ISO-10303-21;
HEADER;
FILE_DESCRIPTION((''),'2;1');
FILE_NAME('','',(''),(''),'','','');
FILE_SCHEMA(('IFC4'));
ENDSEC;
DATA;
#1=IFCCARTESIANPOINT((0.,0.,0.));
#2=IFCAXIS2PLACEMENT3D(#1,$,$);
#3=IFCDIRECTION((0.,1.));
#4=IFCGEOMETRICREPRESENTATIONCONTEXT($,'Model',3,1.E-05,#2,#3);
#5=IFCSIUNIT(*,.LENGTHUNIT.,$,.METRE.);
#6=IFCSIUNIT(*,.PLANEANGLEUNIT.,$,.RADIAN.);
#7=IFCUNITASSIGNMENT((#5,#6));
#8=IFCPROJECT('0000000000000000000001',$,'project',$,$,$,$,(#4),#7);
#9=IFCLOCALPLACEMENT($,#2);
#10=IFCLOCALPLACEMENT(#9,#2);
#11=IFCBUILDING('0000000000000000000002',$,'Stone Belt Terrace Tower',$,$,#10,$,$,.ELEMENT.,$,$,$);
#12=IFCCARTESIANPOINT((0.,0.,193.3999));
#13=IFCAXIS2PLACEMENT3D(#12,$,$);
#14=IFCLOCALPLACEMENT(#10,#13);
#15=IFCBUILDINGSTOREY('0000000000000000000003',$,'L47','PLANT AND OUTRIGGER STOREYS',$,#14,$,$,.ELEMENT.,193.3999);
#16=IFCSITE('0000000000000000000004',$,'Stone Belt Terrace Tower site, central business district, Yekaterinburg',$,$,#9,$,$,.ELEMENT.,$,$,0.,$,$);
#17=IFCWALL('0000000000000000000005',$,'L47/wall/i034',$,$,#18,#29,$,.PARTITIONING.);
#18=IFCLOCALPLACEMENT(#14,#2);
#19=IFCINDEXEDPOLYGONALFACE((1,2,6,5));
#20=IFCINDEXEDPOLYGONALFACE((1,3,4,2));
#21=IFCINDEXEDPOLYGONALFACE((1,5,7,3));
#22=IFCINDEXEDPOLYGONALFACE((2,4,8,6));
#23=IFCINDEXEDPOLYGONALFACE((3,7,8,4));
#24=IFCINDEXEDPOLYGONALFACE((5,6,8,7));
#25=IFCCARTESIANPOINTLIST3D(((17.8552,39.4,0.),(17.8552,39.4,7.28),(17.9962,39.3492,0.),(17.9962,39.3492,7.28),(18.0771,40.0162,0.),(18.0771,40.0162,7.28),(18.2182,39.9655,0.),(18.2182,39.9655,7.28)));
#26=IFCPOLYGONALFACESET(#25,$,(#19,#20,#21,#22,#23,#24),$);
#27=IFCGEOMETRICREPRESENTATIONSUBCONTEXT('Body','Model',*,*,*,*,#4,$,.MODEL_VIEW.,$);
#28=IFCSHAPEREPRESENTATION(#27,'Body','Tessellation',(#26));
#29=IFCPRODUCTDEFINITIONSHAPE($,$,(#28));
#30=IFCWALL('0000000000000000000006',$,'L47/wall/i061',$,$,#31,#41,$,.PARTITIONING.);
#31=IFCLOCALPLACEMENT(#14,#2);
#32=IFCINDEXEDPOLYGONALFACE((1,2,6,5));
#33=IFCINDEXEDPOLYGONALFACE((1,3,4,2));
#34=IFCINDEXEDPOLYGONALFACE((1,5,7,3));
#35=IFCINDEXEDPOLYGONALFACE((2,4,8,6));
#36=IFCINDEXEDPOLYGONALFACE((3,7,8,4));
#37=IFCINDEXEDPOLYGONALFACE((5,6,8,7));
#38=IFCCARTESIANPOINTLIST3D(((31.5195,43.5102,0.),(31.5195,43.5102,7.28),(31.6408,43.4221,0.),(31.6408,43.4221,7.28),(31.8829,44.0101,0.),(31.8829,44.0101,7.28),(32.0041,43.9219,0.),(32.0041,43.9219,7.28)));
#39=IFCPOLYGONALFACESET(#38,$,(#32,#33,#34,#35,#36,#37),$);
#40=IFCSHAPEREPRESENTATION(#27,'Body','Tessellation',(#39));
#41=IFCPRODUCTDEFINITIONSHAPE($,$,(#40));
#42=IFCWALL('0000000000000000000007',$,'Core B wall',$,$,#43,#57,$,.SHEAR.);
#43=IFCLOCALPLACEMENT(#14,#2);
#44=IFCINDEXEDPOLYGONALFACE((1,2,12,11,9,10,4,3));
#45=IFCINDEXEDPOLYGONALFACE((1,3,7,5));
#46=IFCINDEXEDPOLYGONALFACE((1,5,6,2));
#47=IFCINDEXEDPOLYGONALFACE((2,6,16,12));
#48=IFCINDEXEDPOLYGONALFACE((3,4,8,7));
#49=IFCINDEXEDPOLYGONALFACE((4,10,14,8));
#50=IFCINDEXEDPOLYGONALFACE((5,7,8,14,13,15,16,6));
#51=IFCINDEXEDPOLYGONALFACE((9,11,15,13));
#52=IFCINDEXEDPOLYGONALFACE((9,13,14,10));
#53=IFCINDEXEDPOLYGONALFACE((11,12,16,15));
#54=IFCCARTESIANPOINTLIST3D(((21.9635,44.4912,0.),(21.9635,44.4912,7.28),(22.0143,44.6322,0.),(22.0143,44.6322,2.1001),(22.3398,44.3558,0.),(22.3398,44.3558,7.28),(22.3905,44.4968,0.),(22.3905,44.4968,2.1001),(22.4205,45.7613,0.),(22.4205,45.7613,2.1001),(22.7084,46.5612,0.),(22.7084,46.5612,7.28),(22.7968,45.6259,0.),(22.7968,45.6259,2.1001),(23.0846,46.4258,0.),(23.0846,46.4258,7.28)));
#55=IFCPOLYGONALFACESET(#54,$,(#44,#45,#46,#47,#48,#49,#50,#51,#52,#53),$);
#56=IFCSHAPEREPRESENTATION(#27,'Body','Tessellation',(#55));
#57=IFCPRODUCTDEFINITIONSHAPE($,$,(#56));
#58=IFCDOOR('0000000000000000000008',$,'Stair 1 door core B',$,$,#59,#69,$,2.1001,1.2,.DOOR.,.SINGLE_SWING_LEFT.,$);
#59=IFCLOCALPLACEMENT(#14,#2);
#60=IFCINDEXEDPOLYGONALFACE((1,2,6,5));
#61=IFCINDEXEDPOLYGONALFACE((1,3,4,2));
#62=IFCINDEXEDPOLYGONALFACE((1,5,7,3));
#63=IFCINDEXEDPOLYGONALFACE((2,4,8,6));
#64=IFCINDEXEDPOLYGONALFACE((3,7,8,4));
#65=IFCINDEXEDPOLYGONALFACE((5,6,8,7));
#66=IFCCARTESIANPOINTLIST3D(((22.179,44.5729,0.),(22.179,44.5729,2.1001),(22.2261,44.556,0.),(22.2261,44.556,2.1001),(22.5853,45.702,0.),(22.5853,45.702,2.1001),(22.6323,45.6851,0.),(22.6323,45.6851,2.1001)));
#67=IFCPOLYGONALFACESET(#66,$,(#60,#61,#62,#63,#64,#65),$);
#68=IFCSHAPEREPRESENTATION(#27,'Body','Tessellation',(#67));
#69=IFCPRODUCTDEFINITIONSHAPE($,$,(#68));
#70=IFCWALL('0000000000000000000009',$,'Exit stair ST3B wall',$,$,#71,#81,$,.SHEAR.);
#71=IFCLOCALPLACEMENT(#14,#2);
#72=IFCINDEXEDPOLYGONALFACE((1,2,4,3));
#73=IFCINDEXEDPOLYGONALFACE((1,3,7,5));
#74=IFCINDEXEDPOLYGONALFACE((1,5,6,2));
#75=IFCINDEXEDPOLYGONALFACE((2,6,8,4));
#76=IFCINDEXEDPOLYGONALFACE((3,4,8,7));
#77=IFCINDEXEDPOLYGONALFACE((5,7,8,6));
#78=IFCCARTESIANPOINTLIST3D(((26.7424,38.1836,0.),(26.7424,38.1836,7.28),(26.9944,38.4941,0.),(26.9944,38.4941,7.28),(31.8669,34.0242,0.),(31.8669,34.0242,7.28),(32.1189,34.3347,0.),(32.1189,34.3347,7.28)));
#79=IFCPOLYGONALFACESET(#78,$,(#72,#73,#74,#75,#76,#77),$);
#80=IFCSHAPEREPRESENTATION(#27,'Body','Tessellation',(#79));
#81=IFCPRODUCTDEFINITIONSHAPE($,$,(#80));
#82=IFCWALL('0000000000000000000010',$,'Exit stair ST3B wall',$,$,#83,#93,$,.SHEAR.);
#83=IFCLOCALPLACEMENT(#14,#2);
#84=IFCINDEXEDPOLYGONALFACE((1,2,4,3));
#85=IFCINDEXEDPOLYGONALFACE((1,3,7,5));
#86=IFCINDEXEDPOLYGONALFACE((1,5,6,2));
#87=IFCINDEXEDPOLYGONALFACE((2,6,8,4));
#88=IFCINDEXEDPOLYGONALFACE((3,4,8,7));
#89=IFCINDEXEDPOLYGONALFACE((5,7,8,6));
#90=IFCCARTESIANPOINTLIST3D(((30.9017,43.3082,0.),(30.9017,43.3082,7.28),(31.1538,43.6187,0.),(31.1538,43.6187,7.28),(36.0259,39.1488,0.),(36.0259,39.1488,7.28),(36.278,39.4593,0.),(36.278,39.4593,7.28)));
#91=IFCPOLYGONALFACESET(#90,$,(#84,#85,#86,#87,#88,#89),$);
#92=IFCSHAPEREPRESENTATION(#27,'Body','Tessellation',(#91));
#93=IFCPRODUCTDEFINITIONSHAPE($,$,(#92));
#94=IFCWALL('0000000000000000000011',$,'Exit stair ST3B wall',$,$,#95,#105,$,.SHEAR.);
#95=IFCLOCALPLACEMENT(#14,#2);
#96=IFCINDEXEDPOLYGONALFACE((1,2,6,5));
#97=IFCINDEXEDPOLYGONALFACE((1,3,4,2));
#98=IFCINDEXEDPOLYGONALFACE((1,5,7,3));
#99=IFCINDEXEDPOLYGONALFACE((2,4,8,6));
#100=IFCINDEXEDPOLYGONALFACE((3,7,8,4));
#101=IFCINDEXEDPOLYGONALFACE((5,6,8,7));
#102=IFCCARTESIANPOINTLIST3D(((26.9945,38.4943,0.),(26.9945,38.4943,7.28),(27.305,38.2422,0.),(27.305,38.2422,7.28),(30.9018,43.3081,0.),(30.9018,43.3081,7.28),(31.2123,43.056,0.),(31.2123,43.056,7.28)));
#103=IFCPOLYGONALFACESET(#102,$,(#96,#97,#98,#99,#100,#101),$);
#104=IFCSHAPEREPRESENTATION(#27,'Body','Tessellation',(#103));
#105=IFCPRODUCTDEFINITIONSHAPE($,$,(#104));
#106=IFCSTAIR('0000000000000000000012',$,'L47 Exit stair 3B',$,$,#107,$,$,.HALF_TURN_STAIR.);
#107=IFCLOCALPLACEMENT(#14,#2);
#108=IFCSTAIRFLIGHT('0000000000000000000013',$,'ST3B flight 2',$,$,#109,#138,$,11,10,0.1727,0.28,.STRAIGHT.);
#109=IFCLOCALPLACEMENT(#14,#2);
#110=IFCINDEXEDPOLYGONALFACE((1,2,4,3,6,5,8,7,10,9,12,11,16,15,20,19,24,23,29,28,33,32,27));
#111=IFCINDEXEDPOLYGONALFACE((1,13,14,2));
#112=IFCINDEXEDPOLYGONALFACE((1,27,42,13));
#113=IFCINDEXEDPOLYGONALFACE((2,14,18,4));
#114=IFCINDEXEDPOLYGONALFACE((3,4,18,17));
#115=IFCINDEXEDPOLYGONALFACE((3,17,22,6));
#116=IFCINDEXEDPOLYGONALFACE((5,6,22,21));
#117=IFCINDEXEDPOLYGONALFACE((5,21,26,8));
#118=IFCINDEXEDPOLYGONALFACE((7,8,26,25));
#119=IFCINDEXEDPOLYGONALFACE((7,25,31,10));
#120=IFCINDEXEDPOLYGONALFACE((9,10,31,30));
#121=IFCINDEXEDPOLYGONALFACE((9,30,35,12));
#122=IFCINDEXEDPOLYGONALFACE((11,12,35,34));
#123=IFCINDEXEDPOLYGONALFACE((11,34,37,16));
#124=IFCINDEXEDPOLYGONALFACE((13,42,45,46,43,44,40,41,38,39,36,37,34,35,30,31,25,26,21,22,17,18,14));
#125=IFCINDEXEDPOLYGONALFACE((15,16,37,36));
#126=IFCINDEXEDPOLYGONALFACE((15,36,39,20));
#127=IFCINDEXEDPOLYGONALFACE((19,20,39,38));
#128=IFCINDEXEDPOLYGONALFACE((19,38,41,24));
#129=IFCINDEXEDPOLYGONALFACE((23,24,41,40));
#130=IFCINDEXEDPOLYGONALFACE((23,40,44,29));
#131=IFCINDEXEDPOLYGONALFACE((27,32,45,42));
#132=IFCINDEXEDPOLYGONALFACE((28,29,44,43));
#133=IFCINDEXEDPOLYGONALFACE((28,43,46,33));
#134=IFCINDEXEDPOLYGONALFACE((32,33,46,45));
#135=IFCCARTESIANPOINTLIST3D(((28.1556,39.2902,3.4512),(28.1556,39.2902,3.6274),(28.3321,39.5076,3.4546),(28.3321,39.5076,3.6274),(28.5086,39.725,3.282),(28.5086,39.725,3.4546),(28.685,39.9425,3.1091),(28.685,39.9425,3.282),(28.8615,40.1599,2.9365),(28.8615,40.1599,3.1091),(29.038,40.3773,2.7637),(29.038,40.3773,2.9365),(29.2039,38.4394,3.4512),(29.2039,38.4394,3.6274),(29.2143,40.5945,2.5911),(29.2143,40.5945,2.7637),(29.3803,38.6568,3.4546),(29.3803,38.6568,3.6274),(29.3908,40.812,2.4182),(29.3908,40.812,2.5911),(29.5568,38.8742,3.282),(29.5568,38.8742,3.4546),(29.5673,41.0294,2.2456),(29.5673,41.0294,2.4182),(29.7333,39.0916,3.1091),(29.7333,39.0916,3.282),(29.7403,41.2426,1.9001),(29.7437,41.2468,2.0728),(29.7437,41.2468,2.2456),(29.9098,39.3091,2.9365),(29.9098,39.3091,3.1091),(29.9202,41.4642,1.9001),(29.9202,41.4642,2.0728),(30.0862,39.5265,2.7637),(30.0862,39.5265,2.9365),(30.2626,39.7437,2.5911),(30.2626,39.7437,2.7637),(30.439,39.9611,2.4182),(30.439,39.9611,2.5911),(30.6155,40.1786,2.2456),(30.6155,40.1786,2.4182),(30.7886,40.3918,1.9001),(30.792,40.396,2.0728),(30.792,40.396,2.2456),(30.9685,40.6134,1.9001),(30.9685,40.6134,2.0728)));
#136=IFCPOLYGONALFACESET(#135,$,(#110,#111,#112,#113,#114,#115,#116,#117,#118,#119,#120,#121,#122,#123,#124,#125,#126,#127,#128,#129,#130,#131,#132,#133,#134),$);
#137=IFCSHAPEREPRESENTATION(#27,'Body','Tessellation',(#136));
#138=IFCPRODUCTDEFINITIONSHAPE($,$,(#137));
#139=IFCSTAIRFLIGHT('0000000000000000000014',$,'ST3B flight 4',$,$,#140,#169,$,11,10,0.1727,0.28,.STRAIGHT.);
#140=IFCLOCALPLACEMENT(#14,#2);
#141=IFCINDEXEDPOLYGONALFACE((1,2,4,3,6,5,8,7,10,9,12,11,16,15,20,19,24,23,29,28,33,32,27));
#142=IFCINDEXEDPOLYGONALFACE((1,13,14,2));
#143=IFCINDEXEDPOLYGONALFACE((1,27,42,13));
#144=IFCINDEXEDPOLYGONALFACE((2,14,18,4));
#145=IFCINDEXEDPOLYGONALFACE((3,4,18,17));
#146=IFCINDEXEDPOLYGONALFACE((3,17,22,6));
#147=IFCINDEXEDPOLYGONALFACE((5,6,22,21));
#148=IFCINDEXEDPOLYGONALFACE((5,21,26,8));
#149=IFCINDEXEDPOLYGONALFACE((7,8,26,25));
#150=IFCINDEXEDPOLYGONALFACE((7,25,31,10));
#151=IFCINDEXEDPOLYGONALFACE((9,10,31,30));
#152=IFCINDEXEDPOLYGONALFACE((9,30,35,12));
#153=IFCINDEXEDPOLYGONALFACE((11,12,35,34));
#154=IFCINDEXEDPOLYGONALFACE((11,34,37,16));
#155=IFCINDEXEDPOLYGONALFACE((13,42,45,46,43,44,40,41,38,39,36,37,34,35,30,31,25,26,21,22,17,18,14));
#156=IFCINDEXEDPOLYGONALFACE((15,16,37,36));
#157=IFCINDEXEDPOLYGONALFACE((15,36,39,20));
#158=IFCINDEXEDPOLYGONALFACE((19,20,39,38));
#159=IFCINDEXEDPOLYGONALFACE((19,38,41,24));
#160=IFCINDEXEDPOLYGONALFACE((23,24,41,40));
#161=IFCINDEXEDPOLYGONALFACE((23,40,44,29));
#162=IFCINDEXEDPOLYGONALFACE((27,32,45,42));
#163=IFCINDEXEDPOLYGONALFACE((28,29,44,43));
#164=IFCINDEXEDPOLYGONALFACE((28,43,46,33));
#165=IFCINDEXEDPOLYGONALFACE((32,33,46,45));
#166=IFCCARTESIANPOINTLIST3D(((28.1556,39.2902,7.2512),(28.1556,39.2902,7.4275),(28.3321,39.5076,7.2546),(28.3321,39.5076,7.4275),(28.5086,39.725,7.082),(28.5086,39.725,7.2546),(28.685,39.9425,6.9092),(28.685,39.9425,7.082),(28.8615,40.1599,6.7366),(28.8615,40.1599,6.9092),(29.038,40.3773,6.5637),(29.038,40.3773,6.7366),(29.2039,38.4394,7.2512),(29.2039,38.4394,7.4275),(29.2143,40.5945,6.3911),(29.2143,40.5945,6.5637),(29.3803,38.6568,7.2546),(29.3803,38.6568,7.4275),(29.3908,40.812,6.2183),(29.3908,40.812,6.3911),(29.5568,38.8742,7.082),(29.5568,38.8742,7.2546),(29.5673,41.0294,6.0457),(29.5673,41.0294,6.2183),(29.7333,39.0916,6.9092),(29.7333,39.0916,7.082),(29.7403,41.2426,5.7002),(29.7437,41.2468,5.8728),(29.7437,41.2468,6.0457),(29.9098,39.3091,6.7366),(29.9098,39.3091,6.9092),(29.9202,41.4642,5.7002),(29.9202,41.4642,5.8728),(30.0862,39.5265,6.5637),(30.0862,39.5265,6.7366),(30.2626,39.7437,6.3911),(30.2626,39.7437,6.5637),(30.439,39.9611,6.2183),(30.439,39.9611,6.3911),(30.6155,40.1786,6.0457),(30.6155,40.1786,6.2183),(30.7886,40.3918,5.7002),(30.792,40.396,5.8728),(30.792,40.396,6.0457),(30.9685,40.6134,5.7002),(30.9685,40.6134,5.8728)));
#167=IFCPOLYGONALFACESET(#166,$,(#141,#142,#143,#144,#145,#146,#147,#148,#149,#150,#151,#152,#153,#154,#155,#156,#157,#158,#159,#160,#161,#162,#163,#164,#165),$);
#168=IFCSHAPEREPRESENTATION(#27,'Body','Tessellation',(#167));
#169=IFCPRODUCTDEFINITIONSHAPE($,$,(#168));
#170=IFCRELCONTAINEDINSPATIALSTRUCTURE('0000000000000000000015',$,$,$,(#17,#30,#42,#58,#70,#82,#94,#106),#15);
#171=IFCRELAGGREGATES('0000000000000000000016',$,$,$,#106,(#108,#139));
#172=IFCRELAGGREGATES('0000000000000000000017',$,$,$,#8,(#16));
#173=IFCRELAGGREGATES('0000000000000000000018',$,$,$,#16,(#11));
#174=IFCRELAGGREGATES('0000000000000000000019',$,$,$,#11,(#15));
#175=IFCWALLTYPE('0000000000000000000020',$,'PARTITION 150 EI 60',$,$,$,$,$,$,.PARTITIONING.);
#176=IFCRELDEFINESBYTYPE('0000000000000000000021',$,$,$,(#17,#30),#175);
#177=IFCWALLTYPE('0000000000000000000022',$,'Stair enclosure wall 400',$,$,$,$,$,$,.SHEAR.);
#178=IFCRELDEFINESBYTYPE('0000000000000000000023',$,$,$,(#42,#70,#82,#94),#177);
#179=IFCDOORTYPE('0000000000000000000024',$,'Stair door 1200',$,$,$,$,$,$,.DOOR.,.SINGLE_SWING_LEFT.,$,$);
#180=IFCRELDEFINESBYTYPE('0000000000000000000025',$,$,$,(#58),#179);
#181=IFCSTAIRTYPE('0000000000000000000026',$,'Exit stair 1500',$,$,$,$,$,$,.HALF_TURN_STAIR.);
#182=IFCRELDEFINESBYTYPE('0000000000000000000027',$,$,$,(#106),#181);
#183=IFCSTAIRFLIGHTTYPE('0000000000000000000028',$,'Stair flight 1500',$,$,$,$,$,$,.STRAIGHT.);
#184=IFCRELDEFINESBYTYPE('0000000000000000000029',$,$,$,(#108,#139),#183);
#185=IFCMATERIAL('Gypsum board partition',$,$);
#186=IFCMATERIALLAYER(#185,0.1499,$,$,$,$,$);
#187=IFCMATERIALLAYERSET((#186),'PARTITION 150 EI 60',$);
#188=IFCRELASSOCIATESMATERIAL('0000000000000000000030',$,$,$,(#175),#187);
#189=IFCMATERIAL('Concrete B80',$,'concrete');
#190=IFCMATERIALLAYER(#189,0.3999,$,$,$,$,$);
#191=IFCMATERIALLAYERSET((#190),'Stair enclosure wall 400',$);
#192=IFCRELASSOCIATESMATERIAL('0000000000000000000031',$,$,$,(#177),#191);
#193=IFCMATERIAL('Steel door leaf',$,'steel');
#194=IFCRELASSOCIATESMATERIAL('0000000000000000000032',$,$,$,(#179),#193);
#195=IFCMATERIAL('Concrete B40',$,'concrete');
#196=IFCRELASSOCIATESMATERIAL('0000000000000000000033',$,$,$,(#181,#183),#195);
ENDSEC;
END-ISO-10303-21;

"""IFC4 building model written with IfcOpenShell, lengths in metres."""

from ifc_helpers import new_model, si_unit, direction, frame, frame_2d, origin, place, context, subcontext, project, spatial, polyline, rectangle, outline, extrude, material, layer, layer_set, type_object, element, fill, aggregate, save


model = new_model("IFC4")

# Units and contexts
model_context = context("Model", 3, precision=1e-05, world=origin(), true_north=direction((0.0, 1.0)))
body_context = subcontext(model_context, "Body", "Model", "MODEL_VIEW")
ifc_project = project(units=[si_unit("LENGTHUNIT", "METRE"), si_unit("PLANEANGLEUNIT", "RADIAN")], contexts=[model_context])

# Site, building, storey
site_placement = place(None, origin())
site = spatial("IfcSite", under=ifc_project, at=site_placement, Name="Stone Belt Terrace Tower site, central business district, Yekaterinburg", CompositionType="ELEMENT", RefElevation=0.0)
building_placement = place(site_placement, origin())
building = spatial("IfcBuilding", under=site, at=building_placement, Name="Stone Belt Terrace Tower", CompositionType="ELEMENT")
storey_placement = place(building_placement, frame((0.0, 0.0, 193.3999)))
storey = spatial("IfcBuildingStorey", under=building, at=storey_placement, Name="L47", Description="PLANT AND OUTRIGGER STOREYS", CompositionType="ELEMENT", Elevation=193.3999)

# Shared definitions
ifc_material_1 = material(Name="Concrete B80", Category="concrete")

# Shared definitions
ifc_material_2 = material(Name="Gypsum board partition")
ifc_layer_1 = layer(ifc_material_2, 0.1499)
ifc_layer_set_1 = layer_set([ifc_layer_1], Name="PARTITION 150 EI 60")
wall_type_1 = type_object("IfcWallType", Name="PARTITION 150 EI 60", PredefinedType="PARTITIONING", material=ifc_layer_set_1)

# Walls
wall_1_placement = place(storey_placement, frame((18.1477, 39.991, 0.0), z_axis=(0.0, 0.0, 1.0), x_axis=(-0.338838, -0.940845, 0.0)))
element("IfcWall", 1, at=wall_1_placement, inside=storey, type_object=wall_type_1, Name="L47/wall/i034", PredefinedType="PARTITIONING", context=body_context, shape_type="SweptSolid", body=[
    extrude(rectangle(XDim=0.655, YDim=0.1499, at=frame_2d((0.3276, 0.0))), origin(), (0.0, 0.0, 1.0), 7.28),
])
wall_2_placement = place(storey_placement, frame((31.5801, 43.4661, 0.0), z_axis=(0.0, 0.0, 1.0), x_axis=(0.587984, 0.808873, 0.0)))
element("IfcWall", 2, at=wall_2_placement, inside=storey, type_object=wall_type_1, Name="L47/wall/i061", PredefinedType="PARTITIONING", context=body_context, shape_type="SweptSolid", body=[
    extrude(rectangle(XDim=0.6179, YDim=0.1499, at=frame_2d((0.3091, 0.0))), origin(), (0.0, 0.0, 1.0), 7.28),
])

# Wall, opening, door
ifc_layer_2 = layer(ifc_material_1, 0.3999)
ifc_layer_set_2 = layer_set([ifc_layer_2], Name="Stair enclosure wall 400")
wall_type_2 = type_object("IfcWallType", Name="Stair enclosure wall 400", PredefinedType="SHEAR", material=ifc_layer_set_2)
wall_3_placement = place(storey_placement, frame((22.1516, 44.4233, 0.0), z_axis=(0.0, 0.0, 1.0), x_axis=(0.338578, 0.940938, 0.0)))
wall_3 = element("IfcWall", 3, at=wall_3_placement, inside=storey, type_object=wall_type_2, Name="Core B wall", PredefinedType="SHEAR", context=body_context, shape_type="SweptSolid", body=[
    extrude(rectangle(XDim=2.2, YDim=0.3999, at=frame_2d((1.1001, 0.0))), origin(), (0.0, 0.0, 1.0), 7.28),
])
opening_1_placement = place(wall_3_placement, frame((0.1499, 0.0, 0.0)))
opening_1 = element("IfcOpeningElement", 4, at=opening_1_placement, cuts=wall_3, PredefinedType="OPENING", context=body_context, shape_type="SweptSolid", body=[
    extrude(rectangle(XDim=1.2, YDim=2.1001, at=frame_2d((0.6001, 1.05))), frame((0.0, 0.21, 0.0), z_axis=(0.0, -1.0, 0.0), x_axis=(1.0, 0.0, 0.0)), (0.0, 0.0, 1.0), 0.4199),
])
ifc_material_3 = material(Name="Steel door leaf", Category="steel")
door_type_1 = type_object("IfcDoorType", Name="Stair door 1200", OperationType="SINGLE_SWING_LEFT", PredefinedType="DOOR", material=ifc_material_3)
door_1_placement = place(opening_1_placement, origin())
door_1 = element("IfcDoor", 5, at=door_1_placement, inside=storey, type_object=door_type_1, Name="Stair 1 door core B", OperationType="SINGLE_SWING_LEFT", OverallHeight=2.1001, OverallWidth=1.2, PredefinedType="DOOR", context=body_context, shape_type="SweptSolid", body=[
    extrude(rectangle(XDim=1.2, YDim=2.1001, at=frame_2d((0.6001, 1.05))), frame((0.0, 0.0249, 0.0), z_axis=(0.0, -1.0, 0.0), x_axis=(1.0, 0.0, 0.0)), (0.0, 0.0, 1.0), 0.05),
])
fill(opening_1, door_1)

# Walls
wall_4_placement = place(storey_placement, frame((26.8684, 38.3389, 0.0), z_axis=(0.0, 0.0, 1.0), x_axis=(0.776428, -0.630205, 0.0)))
element("IfcWall", 6, at=wall_4_placement, inside=storey, type_object=wall_type_2, Name="Exit stair ST3B wall", PredefinedType="SHEAR", context=body_context, shape_type="SweptSolid", body=[
    extrude(rectangle(XDim=6.6001, YDim=0.3999, at=frame_2d((3.3, 0.0))), origin(), (0.0, 0.0, 1.0), 7.28),
])
wall_5_placement = place(storey_placement, frame((31.0278, 43.4634, 0.0), z_axis=(0.0, 0.0, 1.0), x_axis=(0.776414, -0.630224, 0.0)))
element("IfcWall", 7, at=wall_5_placement, inside=storey, type_object=wall_type_2, Name="Exit stair ST3B wall", PredefinedType="SHEAR", context=body_context, shape_type="SweptSolid", body=[
    extrude(rectangle(XDim=6.5999, YDim=0.3999, at=frame_2d((3.2998, 0.0))), origin(), (0.0, 0.0, 1.0), 7.28),
])
wall_6_placement = place(storey_placement, frame((27.1497, 38.3682, 0.0), z_axis=(0.0, 0.0, 1.0), x_axis=(0.630212, 0.776423, 0.0)))
element("IfcWall", 8, at=wall_6_placement, inside=storey, type_object=wall_type_2, Name="Exit stair ST3B wall", PredefinedType="SHEAR", context=body_context, shape_type="SweptSolid", body=[
    extrude(rectangle(XDim=6.2, YDim=0.3999, at=frame_2d((3.1001, 0.0))), origin(), (0.0, 0.0, 1.0), 7.28),
])

# Stair, stair flights
ifc_material_4 = material(Name="Concrete B40", Category="concrete")
stair_type = type_object("IfcStairType", Name="Exit stair 1500", PredefinedType="HALF_TURN_STAIR", material=ifc_material_4)
stair_placement = place(storey_placement, origin())
stair = element("IfcStair", 9, at=stair_placement, inside=storey, type_object=stair_type, Name="L47 Exit stair 3B", PredefinedType="HALF_TURN_STAIR")
stair_flight_type = type_object("IfcStairFlightType", Name="Stair flight 1500", PredefinedType="STRAIGHT", material=ifc_material_4)
stair_flight_1_placement = place(storey_placement, frame((30.4443, 41.0388, 1.9001), z_axis=(0.0, 0.0, 1.0), x_axis=(-0.630206, -0.776428, 0.0)))
stair_flight_1 = element("IfcStairFlight", 10, at=stair_flight_1_placement, type_object=stair_flight_type, Name="ST3B flight 2", NumberOfRisers=11, NumberOfTreads=10, PredefinedType="STRAIGHT", RiserHeight=0.1727, TreadLength=0.28, context=body_context, shape_type="SweptSolid", body=[
    extrude(outline(polyline([(0.0, 0.0), (0.0, 0.1726), (0.28, 0.1726), (0.28, 0.3455), (0.5601, 0.3455), (0.5601, 0.5181), (0.8401, 0.5181), (0.8401, 0.6909), (1.1201, 0.6909), (1.1201, 0.8635), (1.3999, 0.8635), (1.3999, 1.0364), (1.6799, 1.0364), (1.6799, 1.209), (1.96, 1.209), (1.96, 1.3818), (2.24, 1.3818), (2.24, 1.5544), (2.52, 1.5544), (2.52, 1.7273), (2.8, 1.7273), (2.8, 1.8999), (2.8, 1.551), (0.2854, 0.0), (0.0, 0.0)])), frame((0.0, 0.675, 0.0), z_axis=(0.0, -1.0, 0.0), x_axis=(1.0, 0.0, 0.0)), (0.0, 0.0, 1.0), 1.3501),
])
stair_flight_2_placement = place(storey_placement, frame((30.4443, 41.0388, 5.7002), z_axis=(0.0, 0.0, 1.0), x_axis=(-0.630206, -0.776428, 0.0)))
stair_flight_2 = element("IfcStairFlight", 11, at=stair_flight_2_placement, type_object=stair_flight_type, Name="ST3B flight 4", NumberOfRisers=11, NumberOfTreads=10, PredefinedType="STRAIGHT", RiserHeight=0.1727, TreadLength=0.28, context=body_context, shape_type="SweptSolid", body=[
    extrude(outline(polyline([(0.0, 0.0), (0.0, 0.1726), (0.28, 0.1726), (0.28, 0.3455), (0.5601, 0.3455), (0.5601, 0.5181), (0.8401, 0.5181), (0.8401, 0.6909), (1.1201, 0.6909), (1.1201, 0.8635), (1.3999, 0.8635), (1.3999, 1.0364), (1.6799, 1.0364), (1.6799, 1.209), (1.96, 1.209), (1.96, 1.3818), (2.24, 1.3818), (2.24, 1.5544), (2.52, 1.5544), (2.52, 1.7273), (2.8, 1.7273), (2.8, 1.8999), (2.8, 1.551), (0.2854, 0.0), (0.0, 0.0)])), frame((0.0, 0.675, 0.0), z_axis=(0.0, -1.0, 0.0), x_axis=(1.0, 0.0, 0.0)), (0.0, 0.0, 1.0), 1.3501),
])
aggregate(stair, [stair_flight_1, stair_flight_2])

save(model, "model.ifc")
